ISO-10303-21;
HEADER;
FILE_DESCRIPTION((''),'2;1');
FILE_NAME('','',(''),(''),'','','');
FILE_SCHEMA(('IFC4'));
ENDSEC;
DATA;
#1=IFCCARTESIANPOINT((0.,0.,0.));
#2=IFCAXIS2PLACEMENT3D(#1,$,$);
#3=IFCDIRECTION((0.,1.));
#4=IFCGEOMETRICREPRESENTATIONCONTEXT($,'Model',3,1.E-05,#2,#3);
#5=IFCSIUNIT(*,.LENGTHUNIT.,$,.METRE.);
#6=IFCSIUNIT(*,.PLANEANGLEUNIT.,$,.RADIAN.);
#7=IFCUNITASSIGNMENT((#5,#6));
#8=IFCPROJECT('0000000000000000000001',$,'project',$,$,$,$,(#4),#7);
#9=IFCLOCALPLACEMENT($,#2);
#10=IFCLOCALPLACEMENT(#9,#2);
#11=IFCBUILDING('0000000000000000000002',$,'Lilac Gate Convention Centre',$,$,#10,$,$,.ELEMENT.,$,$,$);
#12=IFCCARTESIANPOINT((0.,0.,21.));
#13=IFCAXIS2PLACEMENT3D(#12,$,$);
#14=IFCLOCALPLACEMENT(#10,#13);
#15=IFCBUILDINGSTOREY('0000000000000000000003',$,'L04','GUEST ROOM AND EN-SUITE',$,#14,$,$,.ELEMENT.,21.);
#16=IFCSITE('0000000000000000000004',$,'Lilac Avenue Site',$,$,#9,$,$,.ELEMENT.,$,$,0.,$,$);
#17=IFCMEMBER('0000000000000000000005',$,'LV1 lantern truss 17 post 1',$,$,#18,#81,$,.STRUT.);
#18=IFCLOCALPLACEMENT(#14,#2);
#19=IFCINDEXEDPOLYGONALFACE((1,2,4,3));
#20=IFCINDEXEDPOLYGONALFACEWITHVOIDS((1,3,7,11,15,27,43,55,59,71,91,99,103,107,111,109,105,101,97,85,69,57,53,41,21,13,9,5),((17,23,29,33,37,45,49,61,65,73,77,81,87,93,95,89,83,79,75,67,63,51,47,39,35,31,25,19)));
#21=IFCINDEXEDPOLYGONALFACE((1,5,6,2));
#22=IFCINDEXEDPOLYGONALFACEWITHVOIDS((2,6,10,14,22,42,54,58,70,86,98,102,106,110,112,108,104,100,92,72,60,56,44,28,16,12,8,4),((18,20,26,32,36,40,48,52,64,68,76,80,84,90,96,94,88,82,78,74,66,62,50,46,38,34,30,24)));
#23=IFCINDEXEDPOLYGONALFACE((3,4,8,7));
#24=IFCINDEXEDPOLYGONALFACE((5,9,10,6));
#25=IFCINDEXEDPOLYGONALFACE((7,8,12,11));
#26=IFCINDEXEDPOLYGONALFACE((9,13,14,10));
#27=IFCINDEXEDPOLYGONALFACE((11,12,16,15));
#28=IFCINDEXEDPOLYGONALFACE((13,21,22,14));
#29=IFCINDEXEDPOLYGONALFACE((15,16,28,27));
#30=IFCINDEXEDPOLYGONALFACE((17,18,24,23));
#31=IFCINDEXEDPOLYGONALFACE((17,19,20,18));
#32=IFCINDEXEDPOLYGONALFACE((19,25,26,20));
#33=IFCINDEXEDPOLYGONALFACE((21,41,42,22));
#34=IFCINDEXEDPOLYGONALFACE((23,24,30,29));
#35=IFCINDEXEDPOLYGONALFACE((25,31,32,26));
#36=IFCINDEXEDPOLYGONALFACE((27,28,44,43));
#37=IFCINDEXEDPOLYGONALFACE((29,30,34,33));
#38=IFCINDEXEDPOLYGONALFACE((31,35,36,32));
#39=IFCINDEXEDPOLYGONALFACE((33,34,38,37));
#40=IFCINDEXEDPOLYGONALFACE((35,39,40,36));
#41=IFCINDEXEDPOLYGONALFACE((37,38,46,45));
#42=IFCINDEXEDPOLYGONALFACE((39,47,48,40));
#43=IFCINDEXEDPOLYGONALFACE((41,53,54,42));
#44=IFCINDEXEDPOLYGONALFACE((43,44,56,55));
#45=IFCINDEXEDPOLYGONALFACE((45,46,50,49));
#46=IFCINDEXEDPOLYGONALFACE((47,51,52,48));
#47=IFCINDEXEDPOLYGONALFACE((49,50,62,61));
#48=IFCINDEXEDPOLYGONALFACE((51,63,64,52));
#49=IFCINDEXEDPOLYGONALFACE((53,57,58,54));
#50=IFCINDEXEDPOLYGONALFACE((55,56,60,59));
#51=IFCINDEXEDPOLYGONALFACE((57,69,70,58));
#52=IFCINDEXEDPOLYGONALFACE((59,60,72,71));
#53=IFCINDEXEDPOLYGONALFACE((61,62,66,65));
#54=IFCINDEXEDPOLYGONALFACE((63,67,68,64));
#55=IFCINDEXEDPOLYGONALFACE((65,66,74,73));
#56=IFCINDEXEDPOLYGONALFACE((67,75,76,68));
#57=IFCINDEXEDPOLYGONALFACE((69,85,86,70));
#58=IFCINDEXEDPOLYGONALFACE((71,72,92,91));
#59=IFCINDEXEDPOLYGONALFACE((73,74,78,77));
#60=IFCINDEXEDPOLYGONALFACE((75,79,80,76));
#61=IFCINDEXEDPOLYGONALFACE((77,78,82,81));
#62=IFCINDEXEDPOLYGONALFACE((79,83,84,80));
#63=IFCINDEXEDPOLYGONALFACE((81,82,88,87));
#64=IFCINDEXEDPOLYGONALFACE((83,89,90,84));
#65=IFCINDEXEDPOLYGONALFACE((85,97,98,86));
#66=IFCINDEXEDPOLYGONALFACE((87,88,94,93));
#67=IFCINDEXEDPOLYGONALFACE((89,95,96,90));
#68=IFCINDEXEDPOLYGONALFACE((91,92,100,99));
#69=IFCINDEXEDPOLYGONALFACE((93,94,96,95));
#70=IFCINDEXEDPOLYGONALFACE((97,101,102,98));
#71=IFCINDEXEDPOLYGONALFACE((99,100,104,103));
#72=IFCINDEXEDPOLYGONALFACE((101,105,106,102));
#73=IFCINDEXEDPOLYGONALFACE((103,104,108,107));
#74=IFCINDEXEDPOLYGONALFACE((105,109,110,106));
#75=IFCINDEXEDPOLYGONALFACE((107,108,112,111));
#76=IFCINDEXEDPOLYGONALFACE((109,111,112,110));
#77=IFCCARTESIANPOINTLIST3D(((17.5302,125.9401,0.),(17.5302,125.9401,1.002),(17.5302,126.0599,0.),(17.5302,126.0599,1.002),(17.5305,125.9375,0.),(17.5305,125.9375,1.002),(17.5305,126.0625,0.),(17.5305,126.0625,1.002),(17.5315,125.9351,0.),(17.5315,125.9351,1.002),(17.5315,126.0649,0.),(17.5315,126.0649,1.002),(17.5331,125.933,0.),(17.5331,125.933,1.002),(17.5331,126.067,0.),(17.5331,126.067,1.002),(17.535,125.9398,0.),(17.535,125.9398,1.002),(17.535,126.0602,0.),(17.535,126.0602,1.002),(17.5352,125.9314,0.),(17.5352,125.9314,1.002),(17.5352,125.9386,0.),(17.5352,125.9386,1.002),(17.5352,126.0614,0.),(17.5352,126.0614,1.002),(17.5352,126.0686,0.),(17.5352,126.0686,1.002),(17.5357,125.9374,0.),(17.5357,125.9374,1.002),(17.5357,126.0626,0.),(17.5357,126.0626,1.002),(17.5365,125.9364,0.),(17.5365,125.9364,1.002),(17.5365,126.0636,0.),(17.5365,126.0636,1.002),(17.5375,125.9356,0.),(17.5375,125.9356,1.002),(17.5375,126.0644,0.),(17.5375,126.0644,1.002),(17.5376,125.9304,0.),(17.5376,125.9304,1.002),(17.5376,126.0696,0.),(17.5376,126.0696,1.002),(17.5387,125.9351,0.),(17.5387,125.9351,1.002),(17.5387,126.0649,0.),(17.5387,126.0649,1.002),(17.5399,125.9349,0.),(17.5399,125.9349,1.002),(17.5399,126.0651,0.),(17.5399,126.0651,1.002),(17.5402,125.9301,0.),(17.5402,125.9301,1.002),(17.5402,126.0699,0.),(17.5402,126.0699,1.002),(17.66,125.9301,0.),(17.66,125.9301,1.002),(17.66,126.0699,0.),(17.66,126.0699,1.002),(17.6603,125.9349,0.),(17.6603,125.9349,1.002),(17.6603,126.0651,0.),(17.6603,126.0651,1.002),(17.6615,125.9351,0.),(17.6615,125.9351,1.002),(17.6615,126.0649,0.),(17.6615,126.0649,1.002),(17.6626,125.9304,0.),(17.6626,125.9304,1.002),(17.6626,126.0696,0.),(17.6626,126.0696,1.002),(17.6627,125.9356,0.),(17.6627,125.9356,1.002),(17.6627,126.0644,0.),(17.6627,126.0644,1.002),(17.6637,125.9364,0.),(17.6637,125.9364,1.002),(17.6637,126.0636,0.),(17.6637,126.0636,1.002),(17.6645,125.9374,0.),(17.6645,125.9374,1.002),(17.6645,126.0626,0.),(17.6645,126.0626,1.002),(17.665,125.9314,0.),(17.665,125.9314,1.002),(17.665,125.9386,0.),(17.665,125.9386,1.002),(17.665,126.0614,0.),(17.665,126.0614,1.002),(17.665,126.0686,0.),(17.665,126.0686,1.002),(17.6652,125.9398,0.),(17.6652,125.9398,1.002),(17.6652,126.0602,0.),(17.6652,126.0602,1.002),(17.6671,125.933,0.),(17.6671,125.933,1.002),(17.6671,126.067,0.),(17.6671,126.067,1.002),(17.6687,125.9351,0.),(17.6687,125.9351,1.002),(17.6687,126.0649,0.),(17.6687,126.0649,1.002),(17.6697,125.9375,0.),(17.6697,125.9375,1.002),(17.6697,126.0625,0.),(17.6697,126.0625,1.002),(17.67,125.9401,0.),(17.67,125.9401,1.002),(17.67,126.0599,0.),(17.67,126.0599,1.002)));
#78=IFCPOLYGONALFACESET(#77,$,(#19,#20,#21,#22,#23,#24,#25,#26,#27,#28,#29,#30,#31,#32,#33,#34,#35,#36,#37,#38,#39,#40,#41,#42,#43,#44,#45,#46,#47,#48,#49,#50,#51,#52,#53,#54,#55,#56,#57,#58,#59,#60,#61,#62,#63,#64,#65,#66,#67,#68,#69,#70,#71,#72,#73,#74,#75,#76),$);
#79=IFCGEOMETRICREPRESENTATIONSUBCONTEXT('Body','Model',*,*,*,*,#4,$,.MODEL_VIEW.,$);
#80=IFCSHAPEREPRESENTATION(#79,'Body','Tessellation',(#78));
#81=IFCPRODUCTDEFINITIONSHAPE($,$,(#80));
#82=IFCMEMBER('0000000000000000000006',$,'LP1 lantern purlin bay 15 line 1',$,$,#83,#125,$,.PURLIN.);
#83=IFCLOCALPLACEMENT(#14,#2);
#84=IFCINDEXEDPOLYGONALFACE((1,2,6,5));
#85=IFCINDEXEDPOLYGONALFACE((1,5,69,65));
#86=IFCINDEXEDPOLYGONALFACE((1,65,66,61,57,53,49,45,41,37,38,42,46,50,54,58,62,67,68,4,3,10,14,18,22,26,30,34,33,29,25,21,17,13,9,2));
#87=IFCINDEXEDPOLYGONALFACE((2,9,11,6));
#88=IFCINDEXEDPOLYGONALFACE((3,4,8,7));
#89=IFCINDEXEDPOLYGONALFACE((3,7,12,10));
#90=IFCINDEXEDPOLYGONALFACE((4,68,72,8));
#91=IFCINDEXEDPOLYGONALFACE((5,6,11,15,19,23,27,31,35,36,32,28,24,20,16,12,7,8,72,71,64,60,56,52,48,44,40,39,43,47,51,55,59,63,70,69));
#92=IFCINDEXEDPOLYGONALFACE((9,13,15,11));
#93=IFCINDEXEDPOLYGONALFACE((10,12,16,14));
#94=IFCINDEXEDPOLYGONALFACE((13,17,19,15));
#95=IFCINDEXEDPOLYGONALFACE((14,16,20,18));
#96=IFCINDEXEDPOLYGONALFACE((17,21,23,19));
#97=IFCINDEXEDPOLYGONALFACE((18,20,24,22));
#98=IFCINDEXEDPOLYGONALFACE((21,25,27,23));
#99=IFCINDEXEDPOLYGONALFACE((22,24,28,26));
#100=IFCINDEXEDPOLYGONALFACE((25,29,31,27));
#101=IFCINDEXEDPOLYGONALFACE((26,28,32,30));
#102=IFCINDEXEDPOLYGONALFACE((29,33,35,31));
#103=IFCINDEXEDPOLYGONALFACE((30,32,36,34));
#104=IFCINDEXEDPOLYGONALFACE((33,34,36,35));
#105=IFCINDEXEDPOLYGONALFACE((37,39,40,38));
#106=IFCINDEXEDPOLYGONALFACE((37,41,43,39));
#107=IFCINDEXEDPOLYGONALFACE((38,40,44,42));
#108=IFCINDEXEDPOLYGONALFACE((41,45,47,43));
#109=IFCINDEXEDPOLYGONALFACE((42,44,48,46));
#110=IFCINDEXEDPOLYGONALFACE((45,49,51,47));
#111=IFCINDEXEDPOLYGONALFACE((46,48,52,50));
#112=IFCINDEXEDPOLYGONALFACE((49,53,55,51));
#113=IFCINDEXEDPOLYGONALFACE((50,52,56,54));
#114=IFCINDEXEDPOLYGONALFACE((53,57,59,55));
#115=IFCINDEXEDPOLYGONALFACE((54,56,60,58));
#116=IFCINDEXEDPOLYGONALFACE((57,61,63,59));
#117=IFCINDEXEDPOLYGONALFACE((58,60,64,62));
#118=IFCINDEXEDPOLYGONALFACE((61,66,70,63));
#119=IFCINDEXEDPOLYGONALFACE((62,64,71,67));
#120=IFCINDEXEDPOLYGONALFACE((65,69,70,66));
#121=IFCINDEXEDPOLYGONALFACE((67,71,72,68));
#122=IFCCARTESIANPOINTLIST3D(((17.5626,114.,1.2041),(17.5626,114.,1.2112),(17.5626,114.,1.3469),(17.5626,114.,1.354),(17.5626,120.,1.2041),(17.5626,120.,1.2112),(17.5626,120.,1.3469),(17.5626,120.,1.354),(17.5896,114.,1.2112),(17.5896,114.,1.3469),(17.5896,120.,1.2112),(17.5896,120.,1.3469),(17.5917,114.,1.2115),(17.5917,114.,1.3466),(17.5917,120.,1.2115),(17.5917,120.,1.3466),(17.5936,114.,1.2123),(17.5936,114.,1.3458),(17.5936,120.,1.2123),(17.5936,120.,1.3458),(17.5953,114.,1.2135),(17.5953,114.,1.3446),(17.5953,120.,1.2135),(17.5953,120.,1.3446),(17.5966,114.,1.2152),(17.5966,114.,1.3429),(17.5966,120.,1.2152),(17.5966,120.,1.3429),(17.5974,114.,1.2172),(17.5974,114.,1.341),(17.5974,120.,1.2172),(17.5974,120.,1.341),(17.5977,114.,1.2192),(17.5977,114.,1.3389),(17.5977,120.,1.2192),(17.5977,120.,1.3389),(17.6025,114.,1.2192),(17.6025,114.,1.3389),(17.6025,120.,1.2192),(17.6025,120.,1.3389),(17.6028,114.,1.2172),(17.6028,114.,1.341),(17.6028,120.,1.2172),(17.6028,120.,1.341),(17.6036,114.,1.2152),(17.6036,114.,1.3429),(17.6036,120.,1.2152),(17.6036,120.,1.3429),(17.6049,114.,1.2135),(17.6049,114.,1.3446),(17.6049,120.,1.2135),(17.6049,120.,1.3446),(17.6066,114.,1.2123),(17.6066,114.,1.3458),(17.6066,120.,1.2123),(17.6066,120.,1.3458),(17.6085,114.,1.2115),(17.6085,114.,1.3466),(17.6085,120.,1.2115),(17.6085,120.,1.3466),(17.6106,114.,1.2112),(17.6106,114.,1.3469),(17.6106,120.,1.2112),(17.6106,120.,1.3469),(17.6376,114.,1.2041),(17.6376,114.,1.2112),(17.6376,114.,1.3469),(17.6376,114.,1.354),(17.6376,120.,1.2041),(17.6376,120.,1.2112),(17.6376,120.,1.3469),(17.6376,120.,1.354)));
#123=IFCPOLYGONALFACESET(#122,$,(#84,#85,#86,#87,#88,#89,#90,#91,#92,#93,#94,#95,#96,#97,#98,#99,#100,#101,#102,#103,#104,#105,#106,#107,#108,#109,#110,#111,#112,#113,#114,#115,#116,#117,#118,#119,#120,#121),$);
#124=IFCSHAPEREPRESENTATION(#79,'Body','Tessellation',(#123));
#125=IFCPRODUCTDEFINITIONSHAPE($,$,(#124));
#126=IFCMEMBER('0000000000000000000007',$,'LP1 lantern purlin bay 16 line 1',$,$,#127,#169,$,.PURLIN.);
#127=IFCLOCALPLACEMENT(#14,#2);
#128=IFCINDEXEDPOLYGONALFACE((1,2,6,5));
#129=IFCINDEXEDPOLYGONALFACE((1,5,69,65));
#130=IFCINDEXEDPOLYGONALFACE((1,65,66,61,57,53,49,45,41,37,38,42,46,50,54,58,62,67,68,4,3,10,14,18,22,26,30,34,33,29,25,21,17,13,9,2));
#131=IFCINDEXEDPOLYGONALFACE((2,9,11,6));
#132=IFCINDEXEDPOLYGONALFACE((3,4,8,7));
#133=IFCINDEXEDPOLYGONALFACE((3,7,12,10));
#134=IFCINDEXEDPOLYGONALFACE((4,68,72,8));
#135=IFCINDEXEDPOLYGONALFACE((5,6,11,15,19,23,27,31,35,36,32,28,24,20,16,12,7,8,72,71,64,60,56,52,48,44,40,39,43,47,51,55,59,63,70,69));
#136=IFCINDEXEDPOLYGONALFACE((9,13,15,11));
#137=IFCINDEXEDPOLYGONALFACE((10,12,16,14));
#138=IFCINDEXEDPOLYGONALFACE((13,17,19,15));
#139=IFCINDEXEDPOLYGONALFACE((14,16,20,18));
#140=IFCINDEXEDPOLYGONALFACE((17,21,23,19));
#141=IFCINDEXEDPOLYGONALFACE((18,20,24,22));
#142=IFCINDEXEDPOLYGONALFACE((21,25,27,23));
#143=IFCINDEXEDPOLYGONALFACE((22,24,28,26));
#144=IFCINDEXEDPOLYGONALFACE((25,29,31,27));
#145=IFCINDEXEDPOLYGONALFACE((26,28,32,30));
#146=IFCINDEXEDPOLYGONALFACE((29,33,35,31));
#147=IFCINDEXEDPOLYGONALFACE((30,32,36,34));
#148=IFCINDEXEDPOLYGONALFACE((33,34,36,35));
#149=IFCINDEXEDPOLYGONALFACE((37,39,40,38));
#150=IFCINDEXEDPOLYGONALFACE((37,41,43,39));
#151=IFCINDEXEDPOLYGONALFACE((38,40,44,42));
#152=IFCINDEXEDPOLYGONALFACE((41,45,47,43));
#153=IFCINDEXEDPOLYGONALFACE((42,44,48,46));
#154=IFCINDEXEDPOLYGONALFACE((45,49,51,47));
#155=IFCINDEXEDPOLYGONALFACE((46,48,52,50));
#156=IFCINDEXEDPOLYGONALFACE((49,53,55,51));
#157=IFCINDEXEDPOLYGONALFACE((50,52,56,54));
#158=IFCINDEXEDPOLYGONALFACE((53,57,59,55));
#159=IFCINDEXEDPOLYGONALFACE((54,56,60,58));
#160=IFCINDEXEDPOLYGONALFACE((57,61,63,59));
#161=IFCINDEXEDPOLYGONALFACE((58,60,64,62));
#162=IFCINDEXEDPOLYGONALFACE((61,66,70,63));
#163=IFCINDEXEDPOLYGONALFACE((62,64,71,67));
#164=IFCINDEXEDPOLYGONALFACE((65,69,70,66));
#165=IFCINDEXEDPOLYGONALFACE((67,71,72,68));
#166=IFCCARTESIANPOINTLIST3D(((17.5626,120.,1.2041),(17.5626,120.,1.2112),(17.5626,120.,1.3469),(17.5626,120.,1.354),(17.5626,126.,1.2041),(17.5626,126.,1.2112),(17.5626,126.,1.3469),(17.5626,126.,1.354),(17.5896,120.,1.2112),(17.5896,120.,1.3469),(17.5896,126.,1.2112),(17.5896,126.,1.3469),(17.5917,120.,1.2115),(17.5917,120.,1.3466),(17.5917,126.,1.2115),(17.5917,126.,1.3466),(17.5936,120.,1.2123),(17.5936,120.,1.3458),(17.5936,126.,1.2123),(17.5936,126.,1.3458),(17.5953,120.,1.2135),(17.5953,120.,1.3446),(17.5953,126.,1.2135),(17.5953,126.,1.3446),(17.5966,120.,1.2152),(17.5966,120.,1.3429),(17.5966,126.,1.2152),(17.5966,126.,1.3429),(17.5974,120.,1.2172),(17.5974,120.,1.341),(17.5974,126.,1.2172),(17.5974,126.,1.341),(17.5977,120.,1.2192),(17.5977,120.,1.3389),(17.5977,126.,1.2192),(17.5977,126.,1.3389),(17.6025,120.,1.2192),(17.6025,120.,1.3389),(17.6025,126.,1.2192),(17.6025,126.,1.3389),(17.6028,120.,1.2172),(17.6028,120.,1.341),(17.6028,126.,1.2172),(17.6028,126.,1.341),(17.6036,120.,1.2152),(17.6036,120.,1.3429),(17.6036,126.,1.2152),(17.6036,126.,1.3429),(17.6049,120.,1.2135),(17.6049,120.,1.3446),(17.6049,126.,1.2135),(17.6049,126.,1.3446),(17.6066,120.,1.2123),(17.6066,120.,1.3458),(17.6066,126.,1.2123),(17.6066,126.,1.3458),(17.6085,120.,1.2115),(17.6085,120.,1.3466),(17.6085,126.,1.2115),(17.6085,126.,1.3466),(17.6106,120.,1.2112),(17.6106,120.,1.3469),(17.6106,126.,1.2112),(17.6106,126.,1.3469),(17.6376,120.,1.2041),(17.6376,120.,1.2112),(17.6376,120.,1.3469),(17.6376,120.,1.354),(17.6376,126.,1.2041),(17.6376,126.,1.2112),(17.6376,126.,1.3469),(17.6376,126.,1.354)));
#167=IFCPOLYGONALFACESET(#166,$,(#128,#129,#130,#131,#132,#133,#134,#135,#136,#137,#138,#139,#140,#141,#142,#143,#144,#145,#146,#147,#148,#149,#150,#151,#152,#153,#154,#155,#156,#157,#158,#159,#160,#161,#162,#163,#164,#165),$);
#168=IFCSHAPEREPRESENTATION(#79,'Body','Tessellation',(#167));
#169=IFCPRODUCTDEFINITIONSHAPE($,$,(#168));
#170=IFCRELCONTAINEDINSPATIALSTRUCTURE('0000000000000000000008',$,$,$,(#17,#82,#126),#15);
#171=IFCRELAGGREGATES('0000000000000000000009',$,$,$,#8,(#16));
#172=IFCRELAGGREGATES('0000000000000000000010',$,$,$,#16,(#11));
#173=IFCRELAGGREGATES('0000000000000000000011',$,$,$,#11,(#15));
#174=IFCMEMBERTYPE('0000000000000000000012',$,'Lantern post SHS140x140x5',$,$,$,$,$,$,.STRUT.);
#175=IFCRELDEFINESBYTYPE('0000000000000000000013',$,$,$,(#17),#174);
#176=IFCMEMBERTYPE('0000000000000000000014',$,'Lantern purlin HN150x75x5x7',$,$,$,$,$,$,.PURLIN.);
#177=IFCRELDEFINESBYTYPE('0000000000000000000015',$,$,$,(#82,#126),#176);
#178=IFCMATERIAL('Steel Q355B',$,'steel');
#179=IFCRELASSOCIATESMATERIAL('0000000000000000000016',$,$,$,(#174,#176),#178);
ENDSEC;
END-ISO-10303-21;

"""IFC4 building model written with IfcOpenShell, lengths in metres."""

from ifc_helpers import new_model, si_unit, direction, frame, origin, origin_2d, place, context, subcontext, project, spatial, hollow_rectangle, i_section, extrude, material, material_profile, profile_set, type_object, element, save


model = new_model("IFC4")

# Units and contexts
model_context = context("Model", 3, precision=1e-05, world=origin(), true_north=direction((0.0, 1.0)))
body_context = subcontext(model_context, "Body", "Model", "MODEL_VIEW")
ifc_project = project(units=[si_unit("LENGTHUNIT", "METRE"), si_unit("PLANEANGLEUNIT", "RADIAN")], contexts=[model_context])

# Site, building, storey
site_placement = place(None, origin())
site = spatial("IfcSite", under=ifc_project, at=site_placement, Name="Lilac Avenue Site", CompositionType="ELEMENT", RefElevation=0.0)
building_placement = place(site_placement, origin())
building = spatial("IfcBuilding", under=site, at=building_placement, Name="Lilac Gate Convention Centre", CompositionType="ELEMENT")
storey_placement = place(building_placement, frame((0.0, 0.0, 21.0)))
storey = spatial("IfcBuildingStorey", under=building, at=storey_placement, Name="L04", Description="GUEST ROOM AND EN-SUITE", CompositionType="ELEMENT", Elevation=21.0)

# Members
ifc_material_1 = material(Name="Steel Q355B", Category="steel")
ifc_material_profile_1 = material_profile(ifc_material_1, hollow_rectangle(XDim=0.1399, YDim=0.1399, WallThickness=0.0049, InnerFilletRadius=0.0049, OuterFilletRadius=0.01, at=origin_2d()), Name="SHS140x140x5")
ifc_profile_set_1 = profile_set([ifc_material_profile_1], Name="Steel Q355B")
member_type_1 = type_object("IfcMemberType", Name="Lantern post SHS140x140x5", PredefinedType="STRUT", material=ifc_profile_set_1)
member_1_placement = place(storey_placement, frame((17.6001, 126.0, 0.0), z_axis=(0.0, 0.0, 1.0), x_axis=(1.0, 0.0, 0.0)))
element("IfcMember", 1, at=member_1_placement, inside=storey, type_object=member_type_1, Name="LV1 lantern truss 17 post 1", PredefinedType="STRUT", context=body_context, shape_type="SweptSolid", body=[
    extrude(hollow_rectangle(XDim=0.1399, YDim=0.1399, WallThickness=0.0049, InnerFilletRadius=0.0049, OuterFilletRadius=0.01, at=origin_2d()), origin(), (0.0, 0.0, 1.0), 1.002),
])
ifc_material_profile_2 = material_profile(ifc_material_1, i_section(OverallWidth=0.075, OverallDepth=0.1499, WebThickness=0.0049, FlangeThickness=0.0071, FilletRadius=0.0081, at=origin_2d()), Name="HN150x75x5x7")
ifc_profile_set_2 = profile_set([ifc_material_profile_2], Name="Steel Q355B")
member_type_2 = type_object("IfcMemberType", Name="Lantern purlin HN150x75x5x7", PredefinedType="PURLIN", material=ifc_profile_set_2)
for number, where, z_axis, x_axis, name in (
    (2, (17.6001, 114.0, 1.2791), (0.0, 1.0, 0.0), (-1.0, 0.0, 0.0), "LP1 lantern purlin bay 15 line 1"),
    (3, (17.6001, 120.0, 1.2791), (0.0, 1.0, 0.0), (-1.0, 0.0, 0.0), "LP1 lantern purlin bay 16 line 1"),
):
    element("IfcMember", number, at=place(storey_placement, frame(where, z_axis=z_axis, x_axis=x_axis)), inside=storey, type_object=member_type_2, Name=name, PredefinedType="PURLIN", context=body_context, shape_type="SweptSolid", body=[
        extrude(i_section(OverallWidth=0.075, OverallDepth=0.1499, WebThickness=0.0049, FlangeThickness=0.0071, FilletRadius=0.0081, at=origin_2d()), origin(), (0.0, 0.0, 1.0), 6.0),
    ])

save(model, "model.ifc")
